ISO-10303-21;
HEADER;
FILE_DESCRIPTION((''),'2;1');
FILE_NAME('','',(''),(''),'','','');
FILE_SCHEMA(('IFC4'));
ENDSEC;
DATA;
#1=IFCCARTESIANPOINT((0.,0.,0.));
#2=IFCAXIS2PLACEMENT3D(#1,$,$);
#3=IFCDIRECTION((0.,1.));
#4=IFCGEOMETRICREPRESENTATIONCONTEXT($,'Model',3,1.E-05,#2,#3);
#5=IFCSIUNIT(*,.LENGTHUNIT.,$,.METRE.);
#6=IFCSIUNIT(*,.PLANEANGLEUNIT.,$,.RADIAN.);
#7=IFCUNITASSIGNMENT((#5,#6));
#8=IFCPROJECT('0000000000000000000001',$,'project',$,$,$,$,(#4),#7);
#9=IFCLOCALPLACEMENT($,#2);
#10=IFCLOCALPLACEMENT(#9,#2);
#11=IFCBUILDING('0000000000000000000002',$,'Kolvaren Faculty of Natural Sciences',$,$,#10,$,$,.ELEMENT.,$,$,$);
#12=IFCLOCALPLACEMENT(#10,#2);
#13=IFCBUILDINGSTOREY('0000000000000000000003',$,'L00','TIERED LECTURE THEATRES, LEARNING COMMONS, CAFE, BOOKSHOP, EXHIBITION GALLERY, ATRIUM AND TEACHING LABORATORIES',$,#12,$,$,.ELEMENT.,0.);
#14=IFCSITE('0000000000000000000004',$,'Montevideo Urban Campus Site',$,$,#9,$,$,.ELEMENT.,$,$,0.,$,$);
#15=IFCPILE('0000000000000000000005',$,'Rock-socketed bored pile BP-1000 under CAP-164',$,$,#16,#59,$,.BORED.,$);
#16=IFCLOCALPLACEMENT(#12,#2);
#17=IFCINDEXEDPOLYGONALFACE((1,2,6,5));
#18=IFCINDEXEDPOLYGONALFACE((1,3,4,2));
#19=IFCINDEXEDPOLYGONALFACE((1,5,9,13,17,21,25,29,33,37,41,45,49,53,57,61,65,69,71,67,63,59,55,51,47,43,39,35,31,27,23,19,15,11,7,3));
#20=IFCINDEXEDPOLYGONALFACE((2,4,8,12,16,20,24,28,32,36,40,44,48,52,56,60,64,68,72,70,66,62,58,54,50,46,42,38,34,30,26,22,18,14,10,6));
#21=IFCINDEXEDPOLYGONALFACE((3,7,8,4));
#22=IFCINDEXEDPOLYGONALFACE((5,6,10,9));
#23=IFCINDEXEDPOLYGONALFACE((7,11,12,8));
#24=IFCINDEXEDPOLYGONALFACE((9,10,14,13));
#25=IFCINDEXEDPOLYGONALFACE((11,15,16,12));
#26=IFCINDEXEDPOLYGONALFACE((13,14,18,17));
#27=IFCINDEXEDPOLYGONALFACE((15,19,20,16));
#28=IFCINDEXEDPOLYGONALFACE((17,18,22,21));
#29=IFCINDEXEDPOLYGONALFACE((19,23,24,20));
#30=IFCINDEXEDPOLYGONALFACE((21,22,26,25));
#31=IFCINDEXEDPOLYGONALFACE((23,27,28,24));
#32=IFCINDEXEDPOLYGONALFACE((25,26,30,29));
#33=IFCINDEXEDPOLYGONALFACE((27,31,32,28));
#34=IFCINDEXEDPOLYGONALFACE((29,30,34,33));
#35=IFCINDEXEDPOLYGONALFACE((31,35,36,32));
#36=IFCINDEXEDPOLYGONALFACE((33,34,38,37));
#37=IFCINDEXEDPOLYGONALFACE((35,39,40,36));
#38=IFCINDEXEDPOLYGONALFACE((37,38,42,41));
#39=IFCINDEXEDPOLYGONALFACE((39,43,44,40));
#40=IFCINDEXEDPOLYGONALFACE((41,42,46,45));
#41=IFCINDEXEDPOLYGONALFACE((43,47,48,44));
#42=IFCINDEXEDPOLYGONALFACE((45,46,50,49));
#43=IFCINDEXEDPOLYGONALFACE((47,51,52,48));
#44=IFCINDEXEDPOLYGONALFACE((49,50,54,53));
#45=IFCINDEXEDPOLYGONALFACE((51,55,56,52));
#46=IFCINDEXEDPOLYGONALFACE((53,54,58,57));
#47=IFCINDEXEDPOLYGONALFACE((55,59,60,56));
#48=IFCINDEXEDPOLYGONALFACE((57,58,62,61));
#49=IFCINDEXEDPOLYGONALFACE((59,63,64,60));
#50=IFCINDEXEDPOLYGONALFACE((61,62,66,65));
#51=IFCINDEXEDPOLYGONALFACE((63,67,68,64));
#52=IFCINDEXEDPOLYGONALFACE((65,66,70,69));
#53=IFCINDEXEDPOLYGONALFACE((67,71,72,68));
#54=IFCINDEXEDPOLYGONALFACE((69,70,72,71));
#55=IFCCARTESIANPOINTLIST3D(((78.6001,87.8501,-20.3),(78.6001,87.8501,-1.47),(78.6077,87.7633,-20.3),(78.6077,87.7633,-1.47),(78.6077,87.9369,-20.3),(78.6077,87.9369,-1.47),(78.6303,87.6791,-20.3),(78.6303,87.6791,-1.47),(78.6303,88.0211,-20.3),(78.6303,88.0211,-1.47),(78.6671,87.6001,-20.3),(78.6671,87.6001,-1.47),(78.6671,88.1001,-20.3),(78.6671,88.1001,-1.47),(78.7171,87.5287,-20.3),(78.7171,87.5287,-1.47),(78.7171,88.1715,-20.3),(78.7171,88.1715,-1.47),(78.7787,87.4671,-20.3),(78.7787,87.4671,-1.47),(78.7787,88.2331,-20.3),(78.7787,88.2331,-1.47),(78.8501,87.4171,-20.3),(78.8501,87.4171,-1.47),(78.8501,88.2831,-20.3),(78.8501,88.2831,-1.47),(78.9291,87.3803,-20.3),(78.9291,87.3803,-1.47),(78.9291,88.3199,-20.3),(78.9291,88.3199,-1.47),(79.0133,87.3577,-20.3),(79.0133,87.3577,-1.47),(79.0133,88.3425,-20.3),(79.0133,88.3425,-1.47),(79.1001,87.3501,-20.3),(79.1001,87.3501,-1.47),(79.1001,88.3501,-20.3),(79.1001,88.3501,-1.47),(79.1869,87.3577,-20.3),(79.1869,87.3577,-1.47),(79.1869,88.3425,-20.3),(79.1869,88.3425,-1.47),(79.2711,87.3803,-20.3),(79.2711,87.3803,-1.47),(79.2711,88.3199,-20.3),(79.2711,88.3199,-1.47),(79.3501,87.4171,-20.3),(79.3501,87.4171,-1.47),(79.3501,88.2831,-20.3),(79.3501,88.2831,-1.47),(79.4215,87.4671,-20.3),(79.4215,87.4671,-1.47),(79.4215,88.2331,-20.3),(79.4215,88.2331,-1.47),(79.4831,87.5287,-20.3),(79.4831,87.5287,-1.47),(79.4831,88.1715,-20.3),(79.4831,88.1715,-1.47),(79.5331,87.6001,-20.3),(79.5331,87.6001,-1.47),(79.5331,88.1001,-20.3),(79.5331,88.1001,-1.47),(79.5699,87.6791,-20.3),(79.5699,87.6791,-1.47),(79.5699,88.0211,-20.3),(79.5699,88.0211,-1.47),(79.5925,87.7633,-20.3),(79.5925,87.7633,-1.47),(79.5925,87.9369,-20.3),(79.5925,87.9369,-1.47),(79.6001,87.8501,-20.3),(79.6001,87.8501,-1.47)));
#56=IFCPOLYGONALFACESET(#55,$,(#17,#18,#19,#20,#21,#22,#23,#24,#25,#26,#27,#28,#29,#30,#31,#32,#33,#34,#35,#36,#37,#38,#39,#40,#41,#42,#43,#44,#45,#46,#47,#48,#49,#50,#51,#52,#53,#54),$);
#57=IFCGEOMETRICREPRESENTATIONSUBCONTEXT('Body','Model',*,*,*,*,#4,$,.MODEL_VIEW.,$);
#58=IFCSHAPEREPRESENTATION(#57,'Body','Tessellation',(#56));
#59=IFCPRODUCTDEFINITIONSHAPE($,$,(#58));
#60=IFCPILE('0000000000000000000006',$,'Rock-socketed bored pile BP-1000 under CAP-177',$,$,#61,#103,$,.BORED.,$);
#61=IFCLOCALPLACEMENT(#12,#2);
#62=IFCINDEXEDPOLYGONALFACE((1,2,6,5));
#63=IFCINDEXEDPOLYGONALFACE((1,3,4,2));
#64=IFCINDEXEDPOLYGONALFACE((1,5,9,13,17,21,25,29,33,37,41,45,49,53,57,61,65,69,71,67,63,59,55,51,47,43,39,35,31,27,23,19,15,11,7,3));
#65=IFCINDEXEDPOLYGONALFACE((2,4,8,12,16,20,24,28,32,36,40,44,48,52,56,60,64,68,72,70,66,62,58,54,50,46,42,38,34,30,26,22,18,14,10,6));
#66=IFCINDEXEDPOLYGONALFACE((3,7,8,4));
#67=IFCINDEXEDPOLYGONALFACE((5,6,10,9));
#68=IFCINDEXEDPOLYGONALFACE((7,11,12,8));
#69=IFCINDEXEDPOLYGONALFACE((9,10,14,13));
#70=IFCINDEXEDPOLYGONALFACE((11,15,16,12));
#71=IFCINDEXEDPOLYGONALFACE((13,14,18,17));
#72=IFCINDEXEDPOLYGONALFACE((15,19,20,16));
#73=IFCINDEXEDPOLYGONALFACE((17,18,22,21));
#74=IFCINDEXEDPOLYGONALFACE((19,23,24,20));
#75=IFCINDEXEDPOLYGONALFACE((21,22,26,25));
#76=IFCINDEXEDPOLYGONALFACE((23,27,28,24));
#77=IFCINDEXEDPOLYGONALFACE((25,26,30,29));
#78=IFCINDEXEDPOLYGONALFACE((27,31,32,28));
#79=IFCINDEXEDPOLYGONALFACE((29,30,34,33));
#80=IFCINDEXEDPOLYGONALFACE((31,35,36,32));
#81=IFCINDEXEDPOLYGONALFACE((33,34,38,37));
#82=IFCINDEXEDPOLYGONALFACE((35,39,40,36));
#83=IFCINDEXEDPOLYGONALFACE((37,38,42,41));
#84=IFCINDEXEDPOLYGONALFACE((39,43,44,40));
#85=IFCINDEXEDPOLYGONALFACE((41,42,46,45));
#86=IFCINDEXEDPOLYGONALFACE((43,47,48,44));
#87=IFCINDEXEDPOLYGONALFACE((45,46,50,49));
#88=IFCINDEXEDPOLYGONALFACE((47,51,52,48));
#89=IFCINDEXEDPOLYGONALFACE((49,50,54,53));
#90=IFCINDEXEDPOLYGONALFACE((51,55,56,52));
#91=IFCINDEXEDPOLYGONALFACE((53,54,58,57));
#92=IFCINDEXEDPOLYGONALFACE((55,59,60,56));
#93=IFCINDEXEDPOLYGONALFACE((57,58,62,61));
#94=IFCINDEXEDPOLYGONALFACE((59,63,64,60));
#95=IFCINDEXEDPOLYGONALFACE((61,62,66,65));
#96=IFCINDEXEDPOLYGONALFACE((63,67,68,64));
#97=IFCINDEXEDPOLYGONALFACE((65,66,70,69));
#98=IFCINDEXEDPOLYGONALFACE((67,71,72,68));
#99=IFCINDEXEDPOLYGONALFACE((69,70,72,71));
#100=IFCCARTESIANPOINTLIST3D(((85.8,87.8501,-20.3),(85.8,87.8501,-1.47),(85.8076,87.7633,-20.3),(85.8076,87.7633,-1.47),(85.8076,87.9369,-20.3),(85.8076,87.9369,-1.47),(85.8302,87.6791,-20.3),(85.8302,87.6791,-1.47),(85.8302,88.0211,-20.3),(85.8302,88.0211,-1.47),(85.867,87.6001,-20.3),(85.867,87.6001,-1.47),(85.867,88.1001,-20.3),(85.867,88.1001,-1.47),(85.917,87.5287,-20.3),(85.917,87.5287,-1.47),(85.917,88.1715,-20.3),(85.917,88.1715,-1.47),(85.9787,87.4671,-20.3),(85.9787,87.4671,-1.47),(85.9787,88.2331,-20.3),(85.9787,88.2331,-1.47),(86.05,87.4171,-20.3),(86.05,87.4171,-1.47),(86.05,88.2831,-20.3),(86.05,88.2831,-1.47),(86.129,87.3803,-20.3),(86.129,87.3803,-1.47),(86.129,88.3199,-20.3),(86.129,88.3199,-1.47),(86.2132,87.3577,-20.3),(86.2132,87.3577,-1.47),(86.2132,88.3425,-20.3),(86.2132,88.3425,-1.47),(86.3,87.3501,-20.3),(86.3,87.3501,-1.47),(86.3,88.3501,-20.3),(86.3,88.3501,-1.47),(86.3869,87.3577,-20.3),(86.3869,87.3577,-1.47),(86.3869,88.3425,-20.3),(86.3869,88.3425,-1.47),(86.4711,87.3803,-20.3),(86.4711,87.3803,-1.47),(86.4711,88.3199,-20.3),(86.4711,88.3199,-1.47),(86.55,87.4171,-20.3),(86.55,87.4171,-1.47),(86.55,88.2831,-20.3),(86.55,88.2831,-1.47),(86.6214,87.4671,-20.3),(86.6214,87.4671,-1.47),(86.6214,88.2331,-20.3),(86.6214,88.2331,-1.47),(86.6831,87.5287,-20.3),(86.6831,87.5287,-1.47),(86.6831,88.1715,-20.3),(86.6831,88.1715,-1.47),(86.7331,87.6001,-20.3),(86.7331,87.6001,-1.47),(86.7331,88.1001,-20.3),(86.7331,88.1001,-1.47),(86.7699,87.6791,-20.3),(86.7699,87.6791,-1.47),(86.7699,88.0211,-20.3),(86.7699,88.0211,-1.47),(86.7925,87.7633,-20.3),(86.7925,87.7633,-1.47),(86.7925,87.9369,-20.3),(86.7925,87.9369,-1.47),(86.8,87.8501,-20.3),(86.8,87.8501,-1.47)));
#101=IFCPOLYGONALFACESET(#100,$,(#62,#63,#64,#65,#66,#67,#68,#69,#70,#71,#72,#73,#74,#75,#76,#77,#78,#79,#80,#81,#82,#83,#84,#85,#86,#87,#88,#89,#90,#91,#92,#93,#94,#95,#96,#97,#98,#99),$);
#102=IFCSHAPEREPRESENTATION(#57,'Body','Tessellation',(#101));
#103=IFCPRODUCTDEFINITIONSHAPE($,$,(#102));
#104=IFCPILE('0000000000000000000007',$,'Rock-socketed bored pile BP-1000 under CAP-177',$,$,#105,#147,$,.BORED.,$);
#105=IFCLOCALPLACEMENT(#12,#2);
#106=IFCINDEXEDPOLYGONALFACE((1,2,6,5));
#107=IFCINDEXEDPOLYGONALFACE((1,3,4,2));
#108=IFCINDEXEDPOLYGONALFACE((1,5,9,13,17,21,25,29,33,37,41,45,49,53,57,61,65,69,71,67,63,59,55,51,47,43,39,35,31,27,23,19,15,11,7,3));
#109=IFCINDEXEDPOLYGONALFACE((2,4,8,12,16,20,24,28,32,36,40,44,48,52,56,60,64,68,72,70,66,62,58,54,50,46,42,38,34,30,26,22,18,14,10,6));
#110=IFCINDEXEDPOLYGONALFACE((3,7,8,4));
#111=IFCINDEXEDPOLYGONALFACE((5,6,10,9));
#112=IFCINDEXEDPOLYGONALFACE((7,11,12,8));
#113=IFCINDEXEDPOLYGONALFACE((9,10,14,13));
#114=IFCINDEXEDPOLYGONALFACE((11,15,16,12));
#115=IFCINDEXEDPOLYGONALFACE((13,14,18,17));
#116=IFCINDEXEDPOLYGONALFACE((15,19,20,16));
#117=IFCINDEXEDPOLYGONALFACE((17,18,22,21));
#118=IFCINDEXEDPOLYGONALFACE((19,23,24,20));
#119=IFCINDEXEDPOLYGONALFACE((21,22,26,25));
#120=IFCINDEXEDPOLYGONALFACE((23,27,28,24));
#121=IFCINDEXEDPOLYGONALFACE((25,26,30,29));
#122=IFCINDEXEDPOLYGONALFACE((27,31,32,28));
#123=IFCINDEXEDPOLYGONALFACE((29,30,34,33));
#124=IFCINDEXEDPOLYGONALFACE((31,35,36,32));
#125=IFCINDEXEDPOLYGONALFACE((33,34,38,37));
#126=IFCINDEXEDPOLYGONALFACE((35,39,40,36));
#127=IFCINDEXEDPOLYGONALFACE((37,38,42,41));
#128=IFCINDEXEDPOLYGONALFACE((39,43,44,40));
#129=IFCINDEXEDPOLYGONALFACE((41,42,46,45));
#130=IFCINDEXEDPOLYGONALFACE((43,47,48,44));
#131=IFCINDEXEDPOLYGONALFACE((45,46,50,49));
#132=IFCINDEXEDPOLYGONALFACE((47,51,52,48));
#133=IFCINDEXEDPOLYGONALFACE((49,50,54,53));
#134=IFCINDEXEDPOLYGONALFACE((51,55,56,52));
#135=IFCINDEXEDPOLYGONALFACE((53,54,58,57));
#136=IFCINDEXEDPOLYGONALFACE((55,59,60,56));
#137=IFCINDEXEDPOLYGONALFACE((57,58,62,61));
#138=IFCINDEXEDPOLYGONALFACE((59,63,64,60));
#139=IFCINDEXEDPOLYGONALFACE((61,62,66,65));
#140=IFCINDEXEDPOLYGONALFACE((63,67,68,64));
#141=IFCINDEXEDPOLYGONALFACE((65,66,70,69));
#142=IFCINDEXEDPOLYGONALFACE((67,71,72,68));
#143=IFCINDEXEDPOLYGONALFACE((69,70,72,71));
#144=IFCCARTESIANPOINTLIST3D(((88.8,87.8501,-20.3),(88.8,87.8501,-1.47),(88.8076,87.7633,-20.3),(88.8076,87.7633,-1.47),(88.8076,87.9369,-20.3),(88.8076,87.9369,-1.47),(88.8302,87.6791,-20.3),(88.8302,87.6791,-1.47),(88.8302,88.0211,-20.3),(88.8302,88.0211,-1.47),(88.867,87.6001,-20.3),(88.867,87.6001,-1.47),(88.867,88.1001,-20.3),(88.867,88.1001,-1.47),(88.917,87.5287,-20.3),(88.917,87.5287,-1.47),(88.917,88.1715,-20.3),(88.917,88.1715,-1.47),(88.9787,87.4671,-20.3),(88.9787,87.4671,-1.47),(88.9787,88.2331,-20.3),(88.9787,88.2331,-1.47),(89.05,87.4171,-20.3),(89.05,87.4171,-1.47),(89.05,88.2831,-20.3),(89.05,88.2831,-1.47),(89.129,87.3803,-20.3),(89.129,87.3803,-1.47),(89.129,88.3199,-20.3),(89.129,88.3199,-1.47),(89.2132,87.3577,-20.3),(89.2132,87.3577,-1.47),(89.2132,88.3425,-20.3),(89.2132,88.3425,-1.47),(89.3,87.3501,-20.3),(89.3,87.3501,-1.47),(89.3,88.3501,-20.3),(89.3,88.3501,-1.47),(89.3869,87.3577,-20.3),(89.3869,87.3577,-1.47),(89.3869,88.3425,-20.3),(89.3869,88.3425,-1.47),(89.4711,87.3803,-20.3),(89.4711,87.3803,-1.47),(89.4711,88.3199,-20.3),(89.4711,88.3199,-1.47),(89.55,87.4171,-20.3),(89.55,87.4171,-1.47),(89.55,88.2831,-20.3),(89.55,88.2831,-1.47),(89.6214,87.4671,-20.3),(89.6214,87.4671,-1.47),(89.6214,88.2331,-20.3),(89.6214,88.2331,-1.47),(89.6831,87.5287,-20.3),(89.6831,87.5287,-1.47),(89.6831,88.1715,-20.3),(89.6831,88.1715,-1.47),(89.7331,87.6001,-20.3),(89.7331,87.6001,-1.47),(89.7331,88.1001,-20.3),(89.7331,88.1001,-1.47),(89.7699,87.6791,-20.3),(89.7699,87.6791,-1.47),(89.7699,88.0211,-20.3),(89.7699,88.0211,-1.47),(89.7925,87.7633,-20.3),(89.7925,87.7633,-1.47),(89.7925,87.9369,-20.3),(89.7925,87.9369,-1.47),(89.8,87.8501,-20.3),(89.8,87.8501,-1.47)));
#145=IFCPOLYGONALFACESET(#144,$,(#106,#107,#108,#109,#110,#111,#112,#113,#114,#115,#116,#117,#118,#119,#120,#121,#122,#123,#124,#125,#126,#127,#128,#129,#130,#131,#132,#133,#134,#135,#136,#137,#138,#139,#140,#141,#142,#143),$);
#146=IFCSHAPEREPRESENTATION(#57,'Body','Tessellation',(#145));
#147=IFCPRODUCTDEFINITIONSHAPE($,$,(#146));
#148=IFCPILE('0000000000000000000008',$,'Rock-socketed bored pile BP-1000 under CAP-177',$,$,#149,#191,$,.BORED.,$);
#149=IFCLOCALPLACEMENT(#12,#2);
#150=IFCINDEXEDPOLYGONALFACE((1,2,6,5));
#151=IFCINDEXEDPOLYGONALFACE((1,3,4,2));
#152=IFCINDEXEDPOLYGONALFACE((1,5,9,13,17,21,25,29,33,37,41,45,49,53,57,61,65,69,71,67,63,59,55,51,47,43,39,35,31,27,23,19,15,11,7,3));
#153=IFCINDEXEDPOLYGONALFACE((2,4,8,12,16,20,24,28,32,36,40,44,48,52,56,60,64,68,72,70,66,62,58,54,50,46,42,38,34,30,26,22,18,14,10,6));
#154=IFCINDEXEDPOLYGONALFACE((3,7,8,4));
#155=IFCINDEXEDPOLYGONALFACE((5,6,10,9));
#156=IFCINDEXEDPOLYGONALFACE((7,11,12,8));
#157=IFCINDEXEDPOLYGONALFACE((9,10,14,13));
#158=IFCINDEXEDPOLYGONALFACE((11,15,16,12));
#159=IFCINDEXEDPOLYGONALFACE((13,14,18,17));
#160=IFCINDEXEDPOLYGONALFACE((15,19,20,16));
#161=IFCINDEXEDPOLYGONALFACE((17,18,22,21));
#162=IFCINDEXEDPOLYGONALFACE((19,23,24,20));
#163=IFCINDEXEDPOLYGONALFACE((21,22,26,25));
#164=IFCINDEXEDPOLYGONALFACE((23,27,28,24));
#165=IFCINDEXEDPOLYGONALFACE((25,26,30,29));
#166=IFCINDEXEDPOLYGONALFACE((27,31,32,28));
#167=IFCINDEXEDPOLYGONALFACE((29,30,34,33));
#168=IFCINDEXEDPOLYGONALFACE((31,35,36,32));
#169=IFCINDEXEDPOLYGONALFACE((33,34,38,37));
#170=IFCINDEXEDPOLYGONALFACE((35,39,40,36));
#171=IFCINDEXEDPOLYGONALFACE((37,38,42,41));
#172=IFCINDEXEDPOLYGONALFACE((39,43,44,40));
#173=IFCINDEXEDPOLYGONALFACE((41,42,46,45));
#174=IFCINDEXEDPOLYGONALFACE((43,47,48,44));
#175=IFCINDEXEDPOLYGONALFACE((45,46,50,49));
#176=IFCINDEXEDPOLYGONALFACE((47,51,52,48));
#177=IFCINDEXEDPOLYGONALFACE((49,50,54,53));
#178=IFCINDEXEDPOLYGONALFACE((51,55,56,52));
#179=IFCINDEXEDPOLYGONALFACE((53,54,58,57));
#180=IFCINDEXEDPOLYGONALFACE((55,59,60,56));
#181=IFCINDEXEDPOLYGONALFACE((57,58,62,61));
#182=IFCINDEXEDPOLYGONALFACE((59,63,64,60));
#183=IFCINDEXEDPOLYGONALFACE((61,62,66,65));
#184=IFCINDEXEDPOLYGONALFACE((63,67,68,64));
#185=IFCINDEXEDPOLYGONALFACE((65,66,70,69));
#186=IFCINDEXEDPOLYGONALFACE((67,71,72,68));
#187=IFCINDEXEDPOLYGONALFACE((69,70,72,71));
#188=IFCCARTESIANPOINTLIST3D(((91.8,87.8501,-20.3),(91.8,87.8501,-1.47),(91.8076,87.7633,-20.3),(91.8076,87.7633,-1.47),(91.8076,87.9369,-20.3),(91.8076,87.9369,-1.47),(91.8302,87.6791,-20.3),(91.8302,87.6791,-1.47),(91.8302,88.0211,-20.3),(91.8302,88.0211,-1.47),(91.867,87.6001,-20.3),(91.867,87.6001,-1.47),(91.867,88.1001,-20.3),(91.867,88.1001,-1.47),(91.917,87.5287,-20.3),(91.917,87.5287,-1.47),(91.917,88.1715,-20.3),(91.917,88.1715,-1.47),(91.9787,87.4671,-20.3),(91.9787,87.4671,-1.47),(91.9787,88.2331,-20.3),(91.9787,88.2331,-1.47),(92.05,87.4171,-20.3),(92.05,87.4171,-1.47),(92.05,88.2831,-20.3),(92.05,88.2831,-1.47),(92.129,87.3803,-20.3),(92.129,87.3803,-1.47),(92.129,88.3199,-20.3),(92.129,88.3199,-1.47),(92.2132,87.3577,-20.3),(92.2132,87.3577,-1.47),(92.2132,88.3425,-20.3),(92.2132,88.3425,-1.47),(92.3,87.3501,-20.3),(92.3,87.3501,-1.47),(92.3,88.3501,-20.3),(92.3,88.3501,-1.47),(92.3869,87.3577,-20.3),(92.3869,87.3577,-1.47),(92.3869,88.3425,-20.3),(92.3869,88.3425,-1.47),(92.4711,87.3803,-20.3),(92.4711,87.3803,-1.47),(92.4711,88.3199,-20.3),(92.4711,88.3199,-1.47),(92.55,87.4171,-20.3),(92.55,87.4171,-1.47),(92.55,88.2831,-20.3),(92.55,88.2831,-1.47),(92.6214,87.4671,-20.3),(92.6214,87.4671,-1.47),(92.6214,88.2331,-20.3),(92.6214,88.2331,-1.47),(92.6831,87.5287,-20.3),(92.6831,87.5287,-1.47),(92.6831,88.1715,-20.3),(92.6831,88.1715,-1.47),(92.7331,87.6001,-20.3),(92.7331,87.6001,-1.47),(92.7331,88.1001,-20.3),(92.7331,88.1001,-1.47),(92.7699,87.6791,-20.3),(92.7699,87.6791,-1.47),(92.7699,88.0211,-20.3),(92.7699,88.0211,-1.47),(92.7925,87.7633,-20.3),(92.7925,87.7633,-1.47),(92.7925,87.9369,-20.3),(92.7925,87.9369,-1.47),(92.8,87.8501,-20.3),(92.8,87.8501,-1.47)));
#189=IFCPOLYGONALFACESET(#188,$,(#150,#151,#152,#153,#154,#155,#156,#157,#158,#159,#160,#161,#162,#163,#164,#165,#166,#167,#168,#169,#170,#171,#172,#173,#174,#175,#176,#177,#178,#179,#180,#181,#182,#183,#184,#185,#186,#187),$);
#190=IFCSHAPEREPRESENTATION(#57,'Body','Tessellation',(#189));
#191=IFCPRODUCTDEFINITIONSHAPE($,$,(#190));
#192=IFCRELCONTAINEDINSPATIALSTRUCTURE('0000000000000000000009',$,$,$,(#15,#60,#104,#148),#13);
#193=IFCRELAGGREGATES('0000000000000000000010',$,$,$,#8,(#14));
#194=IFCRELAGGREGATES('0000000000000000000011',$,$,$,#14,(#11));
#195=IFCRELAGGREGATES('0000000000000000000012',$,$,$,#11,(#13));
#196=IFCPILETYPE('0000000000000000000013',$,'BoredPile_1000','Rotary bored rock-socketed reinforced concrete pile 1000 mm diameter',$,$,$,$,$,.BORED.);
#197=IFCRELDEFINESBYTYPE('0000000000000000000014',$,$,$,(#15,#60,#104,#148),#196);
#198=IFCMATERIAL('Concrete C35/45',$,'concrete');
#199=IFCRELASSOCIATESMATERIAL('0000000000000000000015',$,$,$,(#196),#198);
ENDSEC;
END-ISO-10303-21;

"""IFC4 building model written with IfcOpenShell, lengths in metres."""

from ifc_helpers import new_model, si_unit, direction, frame, origin, origin_2d, place, context, subcontext, project, spatial, circle, extrude, material, material_profile, profile_set, type_object, element, save


model = new_model("IFC4")

# Units and contexts
model_context = context("Model", 3, precision=1e-05, world=origin(), true_north=direction((0.0, 1.0)))
body_context = subcontext(model_context, "Body", "Model", "MODEL_VIEW")
ifc_project = project(units=[si_unit("LENGTHUNIT", "METRE"), si_unit("PLANEANGLEUNIT", "RADIAN")], contexts=[model_context])

# Site, building, storey
site_placement = place(None, origin())
site = spatial("IfcSite", under=ifc_project, at=site_placement, Name="Montevideo Urban Campus Site", CompositionType="ELEMENT", RefElevation=0.0)
building_placement = place(site_placement, origin())
building = spatial("IfcBuilding", under=site, at=building_placement, Name="Kolvaren Faculty of Natural Sciences", CompositionType="ELEMENT")
storey_placement = place(building_placement, origin())
storey = spatial("IfcBuildingStorey", under=building, at=storey_placement, Name="L00", Description="TIERED LECTURE THEATRES, LEARNING COMMONS, CAFE, BOOKSHOP, EXHIBITION GALLERY, ATRIUM AND TEACHING LABORATORIES", CompositionType="ELEMENT", Elevation=0.0)

# Piles
ifc_material_1 = material(Name="Concrete C35/45", Category="concrete")
ifc_material_profile_1 = material_profile(ifc_material_1, circle(Radius=0.5, at=origin_2d()), Name="PILE D1000")
ifc_profile_set_1 = profile_set([ifc_material_profile_1], Name="Concrete C35/45")
pile_type_1 = type_object("IfcPileType", Name="BoredPile_1000", Description="Rotary bored rock-socketed reinforced concrete pile 1000 mm diameter", PredefinedType="BORED", material=ifc_profile_set_1)
for number, where, z_axis, x_axis, name in (
    (1, (79.1001, 87.8501, -1.47), (0.0, 0.0, -1.0), (1.0, 0.0, 0.0), "Rock-socketed bored pile BP-1000 under CAP-164"),
    (2, (86.3, 87.8501, -1.47), (0.0, 0.0, -1.0), (1.0, 0.0, 0.0), "Rock-socketed bored pile BP-1000 under CAP-177"),
    (3, (89.3, 87.8501, -1.47), (0.0, 0.0, -1.0), (1.0, 0.0, 0.0), "Rock-socketed bored pile BP-1000 under CAP-177"),
    (4, (92.3, 87.8501, -1.47), (0.0, 0.0, -1.0), (1.0, 0.0, 0.0), "Rock-socketed bored pile BP-1000 under CAP-177"),
):
    element("IfcPile", number, at=place(storey_placement, frame(where, z_axis=z_axis, x_axis=x_axis)), inside=storey, type_object=pile_type_1, Name=name, PredefinedType="BORED", context=body_context, shape_type="SweptSolid", body=[
        extrude(circle(Radius=0.5, at=origin_2d()), origin(), (0.0, 0.0, 1.0), 18.8301),
    ])

save(model, "model.ifc")
